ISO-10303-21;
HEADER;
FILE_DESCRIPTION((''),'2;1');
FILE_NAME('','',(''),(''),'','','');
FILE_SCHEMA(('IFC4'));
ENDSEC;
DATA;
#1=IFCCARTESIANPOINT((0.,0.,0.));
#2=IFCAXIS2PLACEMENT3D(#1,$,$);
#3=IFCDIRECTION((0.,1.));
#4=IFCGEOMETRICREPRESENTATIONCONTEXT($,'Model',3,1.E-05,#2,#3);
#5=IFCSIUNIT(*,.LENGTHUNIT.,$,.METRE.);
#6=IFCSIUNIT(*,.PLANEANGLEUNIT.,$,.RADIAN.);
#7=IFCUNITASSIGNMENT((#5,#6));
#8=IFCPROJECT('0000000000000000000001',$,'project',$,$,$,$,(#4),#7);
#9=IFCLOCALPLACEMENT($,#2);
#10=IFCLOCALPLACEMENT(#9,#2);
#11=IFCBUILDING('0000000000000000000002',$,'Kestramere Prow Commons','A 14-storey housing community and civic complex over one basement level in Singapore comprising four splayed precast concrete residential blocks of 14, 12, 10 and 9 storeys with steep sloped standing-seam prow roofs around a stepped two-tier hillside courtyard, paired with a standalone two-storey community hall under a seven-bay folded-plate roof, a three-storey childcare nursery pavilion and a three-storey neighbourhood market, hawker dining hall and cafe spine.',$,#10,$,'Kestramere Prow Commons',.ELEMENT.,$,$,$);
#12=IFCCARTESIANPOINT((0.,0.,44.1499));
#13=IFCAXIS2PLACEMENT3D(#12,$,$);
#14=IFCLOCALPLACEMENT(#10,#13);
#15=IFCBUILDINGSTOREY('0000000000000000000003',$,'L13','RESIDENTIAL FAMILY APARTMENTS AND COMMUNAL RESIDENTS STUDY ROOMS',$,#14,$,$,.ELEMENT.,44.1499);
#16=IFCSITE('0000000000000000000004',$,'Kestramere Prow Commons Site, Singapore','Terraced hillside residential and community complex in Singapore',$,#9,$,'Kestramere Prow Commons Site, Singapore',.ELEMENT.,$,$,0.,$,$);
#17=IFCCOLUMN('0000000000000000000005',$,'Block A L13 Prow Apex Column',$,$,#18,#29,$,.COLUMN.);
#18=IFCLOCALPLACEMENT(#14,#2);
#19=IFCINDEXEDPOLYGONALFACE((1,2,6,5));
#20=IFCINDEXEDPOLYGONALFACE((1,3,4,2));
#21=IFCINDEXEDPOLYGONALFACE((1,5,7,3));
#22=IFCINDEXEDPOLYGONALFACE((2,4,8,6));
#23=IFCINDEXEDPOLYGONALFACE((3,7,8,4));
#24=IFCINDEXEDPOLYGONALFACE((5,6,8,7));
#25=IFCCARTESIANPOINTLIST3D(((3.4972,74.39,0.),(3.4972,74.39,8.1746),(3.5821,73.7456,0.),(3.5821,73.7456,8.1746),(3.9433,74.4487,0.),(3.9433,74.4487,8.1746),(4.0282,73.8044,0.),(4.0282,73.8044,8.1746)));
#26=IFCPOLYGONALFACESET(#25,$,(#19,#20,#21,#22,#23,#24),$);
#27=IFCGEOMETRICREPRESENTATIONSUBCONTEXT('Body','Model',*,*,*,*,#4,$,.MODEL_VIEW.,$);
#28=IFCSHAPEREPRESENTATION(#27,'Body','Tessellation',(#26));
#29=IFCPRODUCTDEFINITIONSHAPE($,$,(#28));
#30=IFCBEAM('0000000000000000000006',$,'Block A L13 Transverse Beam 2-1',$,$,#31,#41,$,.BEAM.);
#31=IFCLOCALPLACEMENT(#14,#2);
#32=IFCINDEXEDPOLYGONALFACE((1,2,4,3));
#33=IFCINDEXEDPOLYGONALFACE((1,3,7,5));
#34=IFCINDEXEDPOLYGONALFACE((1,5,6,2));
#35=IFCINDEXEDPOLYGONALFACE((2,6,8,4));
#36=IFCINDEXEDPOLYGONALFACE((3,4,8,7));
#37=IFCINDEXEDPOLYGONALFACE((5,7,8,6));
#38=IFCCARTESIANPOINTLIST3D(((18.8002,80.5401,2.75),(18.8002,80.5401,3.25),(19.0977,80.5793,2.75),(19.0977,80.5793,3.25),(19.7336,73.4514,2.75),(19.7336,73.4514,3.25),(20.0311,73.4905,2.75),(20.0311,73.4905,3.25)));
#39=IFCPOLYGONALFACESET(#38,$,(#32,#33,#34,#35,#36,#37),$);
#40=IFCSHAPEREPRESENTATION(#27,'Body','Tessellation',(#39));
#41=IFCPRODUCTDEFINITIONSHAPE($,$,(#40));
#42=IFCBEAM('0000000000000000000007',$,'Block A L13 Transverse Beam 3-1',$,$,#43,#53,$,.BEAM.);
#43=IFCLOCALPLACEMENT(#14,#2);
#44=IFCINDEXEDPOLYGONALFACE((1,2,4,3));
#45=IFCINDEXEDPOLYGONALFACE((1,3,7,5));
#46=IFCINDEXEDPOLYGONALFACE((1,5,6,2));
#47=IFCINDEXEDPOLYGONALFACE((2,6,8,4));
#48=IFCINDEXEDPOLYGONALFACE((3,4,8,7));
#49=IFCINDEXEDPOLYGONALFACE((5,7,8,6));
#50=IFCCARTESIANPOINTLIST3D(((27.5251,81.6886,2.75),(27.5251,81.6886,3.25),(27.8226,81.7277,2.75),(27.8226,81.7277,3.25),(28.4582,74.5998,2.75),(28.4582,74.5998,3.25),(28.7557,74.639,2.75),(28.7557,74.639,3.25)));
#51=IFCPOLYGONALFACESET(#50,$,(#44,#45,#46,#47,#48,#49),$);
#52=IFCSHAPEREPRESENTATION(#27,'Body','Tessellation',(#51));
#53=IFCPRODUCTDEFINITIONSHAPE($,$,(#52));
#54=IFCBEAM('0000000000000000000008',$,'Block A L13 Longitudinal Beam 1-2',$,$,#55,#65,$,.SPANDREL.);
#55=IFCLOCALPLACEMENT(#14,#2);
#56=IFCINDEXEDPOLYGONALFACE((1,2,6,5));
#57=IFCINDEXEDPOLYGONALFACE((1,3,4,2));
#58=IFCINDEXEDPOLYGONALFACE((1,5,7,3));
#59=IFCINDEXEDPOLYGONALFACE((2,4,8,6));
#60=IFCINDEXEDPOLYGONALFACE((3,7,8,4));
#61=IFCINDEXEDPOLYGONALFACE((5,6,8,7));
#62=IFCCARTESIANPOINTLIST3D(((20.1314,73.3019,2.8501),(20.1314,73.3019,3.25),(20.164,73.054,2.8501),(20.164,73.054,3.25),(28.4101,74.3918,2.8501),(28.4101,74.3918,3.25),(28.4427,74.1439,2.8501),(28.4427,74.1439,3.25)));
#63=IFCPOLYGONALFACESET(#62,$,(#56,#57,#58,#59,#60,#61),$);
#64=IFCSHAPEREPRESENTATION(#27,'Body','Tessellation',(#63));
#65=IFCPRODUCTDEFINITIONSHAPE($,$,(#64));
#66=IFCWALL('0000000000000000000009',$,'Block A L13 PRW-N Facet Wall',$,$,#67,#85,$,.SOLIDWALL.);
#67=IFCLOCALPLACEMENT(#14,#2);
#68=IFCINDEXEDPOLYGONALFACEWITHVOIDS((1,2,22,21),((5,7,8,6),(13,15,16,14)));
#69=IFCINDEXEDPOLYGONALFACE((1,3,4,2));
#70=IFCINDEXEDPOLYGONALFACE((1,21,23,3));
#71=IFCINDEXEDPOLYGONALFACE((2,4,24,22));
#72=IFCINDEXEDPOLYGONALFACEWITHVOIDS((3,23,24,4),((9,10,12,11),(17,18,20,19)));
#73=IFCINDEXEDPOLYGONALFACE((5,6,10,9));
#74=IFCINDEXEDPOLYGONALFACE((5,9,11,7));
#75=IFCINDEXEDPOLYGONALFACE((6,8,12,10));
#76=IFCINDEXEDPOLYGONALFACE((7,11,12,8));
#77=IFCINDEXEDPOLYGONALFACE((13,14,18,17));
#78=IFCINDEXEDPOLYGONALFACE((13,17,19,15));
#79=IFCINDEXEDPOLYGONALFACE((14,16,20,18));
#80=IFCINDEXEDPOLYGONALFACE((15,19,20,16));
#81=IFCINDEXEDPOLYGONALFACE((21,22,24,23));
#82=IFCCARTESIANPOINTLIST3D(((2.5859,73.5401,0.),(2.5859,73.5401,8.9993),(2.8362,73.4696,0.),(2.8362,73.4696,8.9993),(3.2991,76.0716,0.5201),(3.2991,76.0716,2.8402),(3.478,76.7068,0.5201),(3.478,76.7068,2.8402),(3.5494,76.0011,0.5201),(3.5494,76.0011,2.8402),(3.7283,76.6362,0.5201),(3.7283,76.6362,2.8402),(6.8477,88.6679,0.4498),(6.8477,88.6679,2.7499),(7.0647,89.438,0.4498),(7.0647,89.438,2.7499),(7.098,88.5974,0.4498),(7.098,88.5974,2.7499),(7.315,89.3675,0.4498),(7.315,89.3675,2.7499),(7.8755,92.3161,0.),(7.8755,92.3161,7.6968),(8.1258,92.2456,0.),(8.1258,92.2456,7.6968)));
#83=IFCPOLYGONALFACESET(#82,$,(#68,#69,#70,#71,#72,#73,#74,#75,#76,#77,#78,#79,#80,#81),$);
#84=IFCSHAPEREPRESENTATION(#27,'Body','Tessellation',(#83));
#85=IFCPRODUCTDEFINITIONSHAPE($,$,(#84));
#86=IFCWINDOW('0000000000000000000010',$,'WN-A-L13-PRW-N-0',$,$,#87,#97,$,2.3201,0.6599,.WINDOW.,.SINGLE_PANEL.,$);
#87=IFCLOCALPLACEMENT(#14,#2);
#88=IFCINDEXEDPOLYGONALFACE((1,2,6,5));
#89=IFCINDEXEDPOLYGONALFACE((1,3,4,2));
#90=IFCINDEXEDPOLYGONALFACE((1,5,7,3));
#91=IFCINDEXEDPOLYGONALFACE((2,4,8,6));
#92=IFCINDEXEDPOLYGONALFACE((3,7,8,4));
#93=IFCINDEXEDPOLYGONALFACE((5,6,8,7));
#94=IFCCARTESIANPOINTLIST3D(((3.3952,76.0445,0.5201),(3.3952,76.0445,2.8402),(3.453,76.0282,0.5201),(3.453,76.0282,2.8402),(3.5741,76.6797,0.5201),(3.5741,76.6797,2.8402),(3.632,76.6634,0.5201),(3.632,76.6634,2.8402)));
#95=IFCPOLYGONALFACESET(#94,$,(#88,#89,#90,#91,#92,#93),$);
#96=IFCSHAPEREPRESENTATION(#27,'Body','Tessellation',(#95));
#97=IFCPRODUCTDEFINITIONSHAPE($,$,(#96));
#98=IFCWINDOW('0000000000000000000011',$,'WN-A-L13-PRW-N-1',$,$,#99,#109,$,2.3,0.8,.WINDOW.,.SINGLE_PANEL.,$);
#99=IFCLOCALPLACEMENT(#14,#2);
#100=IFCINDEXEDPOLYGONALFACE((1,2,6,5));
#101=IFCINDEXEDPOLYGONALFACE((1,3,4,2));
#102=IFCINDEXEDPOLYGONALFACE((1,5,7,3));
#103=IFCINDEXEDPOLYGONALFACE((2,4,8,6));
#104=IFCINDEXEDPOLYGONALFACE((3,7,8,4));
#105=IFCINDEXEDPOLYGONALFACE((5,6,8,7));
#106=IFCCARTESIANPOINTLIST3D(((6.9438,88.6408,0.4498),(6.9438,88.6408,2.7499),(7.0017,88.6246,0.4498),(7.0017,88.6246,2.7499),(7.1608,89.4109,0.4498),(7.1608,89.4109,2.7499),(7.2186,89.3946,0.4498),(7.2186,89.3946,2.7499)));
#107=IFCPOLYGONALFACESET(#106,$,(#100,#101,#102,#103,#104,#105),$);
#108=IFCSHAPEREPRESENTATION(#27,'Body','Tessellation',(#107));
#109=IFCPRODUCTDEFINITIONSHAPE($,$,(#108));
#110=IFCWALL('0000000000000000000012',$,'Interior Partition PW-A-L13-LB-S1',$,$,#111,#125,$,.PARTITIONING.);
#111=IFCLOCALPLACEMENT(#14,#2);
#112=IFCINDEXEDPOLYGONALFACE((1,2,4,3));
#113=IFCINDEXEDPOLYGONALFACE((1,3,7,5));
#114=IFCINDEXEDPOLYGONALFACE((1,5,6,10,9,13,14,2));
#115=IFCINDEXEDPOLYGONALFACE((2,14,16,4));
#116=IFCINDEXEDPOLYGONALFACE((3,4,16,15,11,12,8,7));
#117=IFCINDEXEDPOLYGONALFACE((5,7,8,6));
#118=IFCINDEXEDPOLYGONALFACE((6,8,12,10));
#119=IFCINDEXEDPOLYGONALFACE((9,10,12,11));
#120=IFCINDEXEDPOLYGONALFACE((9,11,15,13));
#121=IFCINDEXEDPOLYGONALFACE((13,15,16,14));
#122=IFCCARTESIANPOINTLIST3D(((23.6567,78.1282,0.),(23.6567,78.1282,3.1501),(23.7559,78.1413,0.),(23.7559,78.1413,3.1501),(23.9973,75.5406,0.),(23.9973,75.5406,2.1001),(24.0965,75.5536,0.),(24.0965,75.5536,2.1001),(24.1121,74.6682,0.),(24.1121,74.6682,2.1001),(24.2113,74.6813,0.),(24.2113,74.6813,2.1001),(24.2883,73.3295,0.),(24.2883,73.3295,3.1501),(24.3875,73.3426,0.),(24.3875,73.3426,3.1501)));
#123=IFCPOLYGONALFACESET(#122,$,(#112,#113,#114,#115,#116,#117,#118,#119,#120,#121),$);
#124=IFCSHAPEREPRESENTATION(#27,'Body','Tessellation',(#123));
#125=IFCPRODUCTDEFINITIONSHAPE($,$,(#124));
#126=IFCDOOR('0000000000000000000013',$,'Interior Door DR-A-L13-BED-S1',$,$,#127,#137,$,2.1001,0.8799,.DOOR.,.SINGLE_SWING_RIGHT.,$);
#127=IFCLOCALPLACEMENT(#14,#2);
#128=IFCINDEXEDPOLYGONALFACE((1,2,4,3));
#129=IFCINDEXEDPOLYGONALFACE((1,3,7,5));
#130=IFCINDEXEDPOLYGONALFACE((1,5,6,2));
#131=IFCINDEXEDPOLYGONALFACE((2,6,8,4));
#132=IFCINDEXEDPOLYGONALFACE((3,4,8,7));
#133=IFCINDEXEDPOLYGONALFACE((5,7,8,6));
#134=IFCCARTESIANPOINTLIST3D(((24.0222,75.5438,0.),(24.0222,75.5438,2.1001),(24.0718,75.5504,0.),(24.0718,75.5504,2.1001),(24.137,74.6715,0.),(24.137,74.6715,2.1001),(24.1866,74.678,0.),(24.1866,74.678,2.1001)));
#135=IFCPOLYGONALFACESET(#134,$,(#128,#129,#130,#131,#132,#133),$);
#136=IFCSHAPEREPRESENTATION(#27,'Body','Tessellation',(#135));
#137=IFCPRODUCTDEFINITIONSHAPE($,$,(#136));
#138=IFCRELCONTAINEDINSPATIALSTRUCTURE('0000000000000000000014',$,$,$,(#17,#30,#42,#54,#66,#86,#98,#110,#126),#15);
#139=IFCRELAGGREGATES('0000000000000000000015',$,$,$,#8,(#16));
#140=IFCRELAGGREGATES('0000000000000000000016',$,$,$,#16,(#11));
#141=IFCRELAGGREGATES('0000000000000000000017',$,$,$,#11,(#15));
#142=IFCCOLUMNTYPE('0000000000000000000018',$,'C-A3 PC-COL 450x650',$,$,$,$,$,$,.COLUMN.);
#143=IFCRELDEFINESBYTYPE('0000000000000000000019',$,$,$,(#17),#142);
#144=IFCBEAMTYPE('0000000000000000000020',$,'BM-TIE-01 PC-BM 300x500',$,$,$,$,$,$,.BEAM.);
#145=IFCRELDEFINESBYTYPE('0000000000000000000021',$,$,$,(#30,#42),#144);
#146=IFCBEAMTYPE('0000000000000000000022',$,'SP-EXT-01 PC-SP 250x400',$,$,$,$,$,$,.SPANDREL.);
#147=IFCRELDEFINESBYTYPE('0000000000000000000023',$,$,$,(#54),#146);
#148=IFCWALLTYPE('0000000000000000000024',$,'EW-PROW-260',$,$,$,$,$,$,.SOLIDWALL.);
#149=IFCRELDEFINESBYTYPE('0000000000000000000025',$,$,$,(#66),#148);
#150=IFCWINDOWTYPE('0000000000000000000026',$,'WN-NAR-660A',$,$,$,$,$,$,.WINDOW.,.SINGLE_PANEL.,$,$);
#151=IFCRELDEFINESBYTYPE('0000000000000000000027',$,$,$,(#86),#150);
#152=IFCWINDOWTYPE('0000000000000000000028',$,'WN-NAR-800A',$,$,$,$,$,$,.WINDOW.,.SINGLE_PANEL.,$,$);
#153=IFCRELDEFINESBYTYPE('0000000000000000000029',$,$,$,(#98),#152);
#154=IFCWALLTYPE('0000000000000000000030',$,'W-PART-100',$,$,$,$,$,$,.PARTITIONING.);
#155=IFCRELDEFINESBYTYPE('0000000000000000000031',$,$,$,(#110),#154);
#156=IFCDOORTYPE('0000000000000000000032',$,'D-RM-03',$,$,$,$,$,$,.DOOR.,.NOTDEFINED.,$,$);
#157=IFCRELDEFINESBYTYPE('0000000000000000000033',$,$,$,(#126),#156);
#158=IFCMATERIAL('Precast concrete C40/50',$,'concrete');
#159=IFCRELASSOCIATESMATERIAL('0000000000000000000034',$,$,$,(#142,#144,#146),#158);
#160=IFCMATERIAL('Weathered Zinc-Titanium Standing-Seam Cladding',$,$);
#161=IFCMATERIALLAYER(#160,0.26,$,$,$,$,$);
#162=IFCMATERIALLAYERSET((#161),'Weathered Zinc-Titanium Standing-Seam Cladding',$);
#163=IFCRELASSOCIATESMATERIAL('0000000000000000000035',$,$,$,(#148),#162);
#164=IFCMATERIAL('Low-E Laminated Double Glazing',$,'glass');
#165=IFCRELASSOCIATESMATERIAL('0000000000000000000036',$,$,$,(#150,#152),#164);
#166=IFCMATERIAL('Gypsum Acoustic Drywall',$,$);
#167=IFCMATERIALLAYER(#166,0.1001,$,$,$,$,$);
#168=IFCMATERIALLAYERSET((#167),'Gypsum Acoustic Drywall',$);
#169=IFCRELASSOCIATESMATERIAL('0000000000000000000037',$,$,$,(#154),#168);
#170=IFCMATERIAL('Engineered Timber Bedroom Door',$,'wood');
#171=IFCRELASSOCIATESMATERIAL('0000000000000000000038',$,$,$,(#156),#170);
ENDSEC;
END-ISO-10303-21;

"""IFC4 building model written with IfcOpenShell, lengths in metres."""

from ifc_helpers import new_model, si_unit, direction, frame, frame_2d, origin, origin_2d, place, context, subcontext, project, spatial, polyline, rectangle, outline, extrude, material, layer, layer_set, material_profile, profile_set, type_object, element, fill, save


model = new_model("IFC4")

# Units and contexts
model_context = context("Model", 3, precision=1e-05, world=origin(), true_north=direction((0.0, 1.0)))
body_context = subcontext(model_context, "Body", "Model", "MODEL_VIEW")
ifc_project = project(units=[si_unit("LENGTHUNIT", "METRE"), si_unit("PLANEANGLEUNIT", "RADIAN")], contexts=[model_context])

# Site, building, storey
site_placement = place(None, origin())
site = spatial("IfcSite", under=ifc_project, at=site_placement, Name="Kestramere Prow Commons Site, Singapore", Description="Terraced hillside residential and community complex in Singapore", LongName="Kestramere Prow Commons Site, Singapore", CompositionType="ELEMENT", RefElevation=0.0)
building_placement = place(site_placement, origin())
building = spatial("IfcBuilding", under=site, at=building_placement, Name="Kestramere Prow Commons", Description="A 14-storey housing community and civic complex over one basement level in Singapore comprising four splayed precast concrete residential blocks of 14, 12, 10 and 9 storeys with steep sloped standing-seam prow roofs around a stepped two-tier hillside courtyard, paired with a standalone two-storey community hall under a seven-bay folded-plate roof, a three-storey childcare nursery pavilion and a three-storey neighbourhood market, hawker dining hall and cafe spine.", LongName="Kestramere Prow Commons", CompositionType="ELEMENT")
storey_placement = place(building_placement, frame((0.0, 0.0, 44.1499)))
storey = spatial("IfcBuildingStorey", under=building, at=storey_placement, Name="L13", Description="RESIDENTIAL FAMILY APARTMENTS AND COMMUNAL RESIDENTS STUDY ROOMS", CompositionType="ELEMENT", Elevation=44.1499)

# Column
ifc_material_1 = material(Name="Precast concrete C40/50", Category="concrete")
ifc_material_profile_1 = material_profile(ifc_material_1, rectangle(XDim=0.45, YDim=0.6499, at=origin_2d()), Name="PC-COL 450x650")
ifc_profile_set_1 = profile_set([ifc_material_profile_1], Name="Precast concrete C40/50")
column_type = type_object("IfcColumnType", Name="C-A3 PC-COL 450x650", PredefinedType="COLUMN", material=ifc_profile_set_1)
column_placement = place(storey_placement, frame((3.7627, 74.0972, 0.0), z_axis=(0.0, 0.0, 1.0), x_axis=(0.991445, 0.130526, 0.0)))
element("IfcColumn", 1, at=column_placement, inside=storey, type_object=column_type, Name="Block A L13 Prow Apex Column", PredefinedType="COLUMN", context=body_context, shape_type="SweptSolid", body=[
    extrude(rectangle(XDim=0.45, YDim=0.6499, at=origin_2d()), origin(), (0.0, 0.0, 1.0), 8.1746),
])

# Beams
ifc_material_profile_2 = material_profile(ifc_material_1, rectangle(XDim=0.3, YDim=0.5, at=origin_2d()), Name="PC-BM 300x500")
ifc_profile_set_2 = profile_set([ifc_material_profile_2], Name="Precast concrete C40/50")
beam_type_1 = type_object("IfcBeamType", Name="BM-TIE-01 PC-BM 300x500", PredefinedType="BEAM", material=ifc_profile_set_2)
for number, where, z_axis, x_axis, name in (
    (2, (19.8823, 73.4709, 3.0), (-0.130542, 0.991443, 0.0), (-0.991443, -0.130542, 0.0), "Block A L13 Transverse Beam 2-1"),
    (3, (28.6069, 74.6194, 3.0), (-0.130504, 0.991448, 0.0), (-0.991448, -0.130504, 0.0), "Block A L13 Transverse Beam 3-1"),
):
    element("IfcBeam", number, at=place(storey_placement, frame(where, z_axis=z_axis, x_axis=x_axis)), inside=storey, type_object=beam_type_1, Name=name, PredefinedType="BEAM", context=body_context, shape_type="SweptSolid", body=[
        extrude(rectangle(XDim=0.3, YDim=0.5, at=origin_2d()), origin(), (0.0, 0.0, 1.0), 7.1499),
    ])
ifc_material_profile_3 = material_profile(ifc_material_1, rectangle(XDim=0.25, YDim=0.3999, at=origin_2d()), Name="PC-SP 250x400")
ifc_profile_set_3 = profile_set([ifc_material_profile_3], Name="Precast concrete C40/50")
beam_type_2 = type_object("IfcBeamType", Name="SP-EXT-01 PC-SP 250x400", PredefinedType="SPANDREL", material=ifc_profile_set_3)
beam_placement = place(storey_placement, frame((20.1477, 73.178, 3.05), z_axis=(0.991446, 0.13052, 0.0), x_axis=(-0.13052, 0.991446, 0.0)))
element("IfcBeam", 4, at=beam_placement, inside=storey, type_object=beam_type_2, Name="Block A L13 Longitudinal Beam 1-2", PredefinedType="SPANDREL", context=body_context, shape_type="SweptSolid", body=[
    extrude(rectangle(XDim=0.25, YDim=0.3999, at=origin_2d()), origin(), (0.0, 0.0, 1.0), 8.3501),
])

# Wall, openings, windows
ifc_material_2 = material(Name="Weathered Zinc-Titanium Standing-Seam Cladding")
ifc_layer_1 = layer(ifc_material_2, 0.26)
ifc_layer_set_1 = layer_set([ifc_layer_1], Name="Weathered Zinc-Titanium Standing-Seam Cladding")
wall_type_1 = type_object("IfcWallType", Name="EW-PROW-260", PredefinedType="SOLIDWALL", material=ifc_layer_set_1)
wall_1_placement = place(storey_placement, frame((2.7109, 73.5049, 0.0), z_axis=(0.0, 0.0, 1.0), x_axis=(0.271165, 0.962533, 0.0)))
wall_1 = element("IfcWall", 5, at=wall_1_placement, inside=storey, type_object=wall_type_1, Name="Block A L13 PRW-N Facet Wall", PredefinedType="SOLIDWALL", context=body_context, shape_type="SweptSolid", body=[
    extrude(outline(polyline([(0.0, 0.0), (19.5068, 0.0), (19.5068, 7.6968), (0.0, 8.9993), (0.0, 0.0)])), frame((0.0, 0.1299, 0.0), z_axis=(0.0, -1.0, 0.0), x_axis=(1.0, 0.0, 0.0)), (0.0, 0.0, 1.0), 0.26),
])
opening_1_placement = place(wall_1_placement, frame((2.6299, 0.0, 0.52)))
opening_1 = element("IfcOpeningElement", 6, at=opening_1_placement, cuts=wall_1, PredefinedType="OPENING", context=body_context, shape_type="SweptSolid", body=[
    extrude(rectangle(XDim=0.6599, YDim=2.3201, at=frame_2d((0.3301, 1.1602))), frame((0.0, 0.145, 0.0), z_axis=(0.0, -1.0, 0.0), x_axis=(1.0, 0.0, 0.0)), (0.0, 0.0, 1.0), 0.29),
])
opening_2_placement = place(wall_1_placement, frame((15.7168, 0.0, 0.45)))
opening_2 = element("IfcOpeningElement", 7, at=opening_2_placement, cuts=wall_1, PredefinedType="OPENING", context=body_context, shape_type="SweptSolid", body=[
    extrude(rectangle(XDim=0.8, YDim=2.3, at=frame_2d((0.3999, 1.1499))), frame((0.0, 0.145, 0.0), z_axis=(0.0, -1.0, 0.0), x_axis=(1.0, 0.0, 0.0)), (0.0, 0.0, 1.0), 0.29),
])
ifc_material_3 = material(Name="Low-E Laminated Double Glazing", Category="glass")
window_type_1 = type_object("IfcWindowType", Name="WN-NAR-660A", PartitioningType="SINGLE_PANEL", PredefinedType="WINDOW", material=ifc_material_3)
window_1_placement = place(opening_1_placement, origin())
window_1 = element("IfcWindow", 8, at=window_1_placement, inside=storey, type_object=window_type_1, Name="WN-A-L13-PRW-N-0", OverallHeight=2.3201, OverallWidth=0.6599, PartitioningType="SINGLE_PANEL", PredefinedType="WINDOW", context=body_context, shape_type="SweptSolid", body=[
    extrude(rectangle(XDim=0.6599, YDim=2.3201, at=frame_2d((0.3301, 1.1602))), frame((0.0, 0.03, 0.0), z_axis=(0.0, -1.0, 0.0), x_axis=(1.0, 0.0, 0.0)), (0.0, 0.0, 1.0), 0.0601),
])
fill(opening_1, window_1)
window_type_2 = type_object("IfcWindowType", Name="WN-NAR-800A", PartitioningType="SINGLE_PANEL", PredefinedType="WINDOW", material=ifc_material_3)
window_2_placement = place(opening_2_placement, origin())
window_2 = element("IfcWindow", 9, at=window_2_placement, inside=storey, type_object=window_type_2, Name="WN-A-L13-PRW-N-1", OverallHeight=2.3, OverallWidth=0.8, PartitioningType="SINGLE_PANEL", PredefinedType="WINDOW", context=body_context, shape_type="SweptSolid", body=[
    extrude(rectangle(XDim=0.8, YDim=2.3, at=frame_2d((0.3999, 1.1499))), frame((0.0, 0.03, 0.0), z_axis=(0.0, -1.0, 0.0), x_axis=(1.0, 0.0, 0.0)), (0.0, 0.0, 1.0), 0.0601),
])
fill(opening_2, window_2)

# Wall, opening, door
ifc_material_4 = material(Name="Gypsum Acoustic Drywall")
ifc_layer_2 = layer(ifc_material_4, 0.1001)
ifc_layer_set_2 = layer_set([ifc_layer_2], Name="Gypsum Acoustic Drywall")
wall_type_2 = type_object("IfcWallType", Name="W-PART-100", PredefinedType="PARTITIONING", material=ifc_layer_set_2)
wall_2_placement = place(storey_placement, frame((24.3379, 73.3362, 0.0), z_axis=(0.0, 0.0, 1.0), x_axis=(-0.130495, 0.991449, 0.0)))
wall_2 = element("IfcWall", 10, at=wall_2_placement, inside=storey, type_object=wall_type_2, Name="Interior Partition PW-A-L13-LB-S1", PredefinedType="PARTITIONING", context=body_context, shape_type="SweptSolid", body=[
    extrude(rectangle(XDim=4.8401, YDim=0.1001, at=frame_2d((2.4199, 0.0))), origin(), (0.0, 0.0, 1.0), 3.1501),
])
opening_3_placement = place(wall_2_placement, frame((1.3501, 0.0, 0.0)))
opening_3 = element("IfcOpeningElement", 11, at=opening_3_placement, cuts=wall_2, PredefinedType="OPENING", context=body_context, shape_type="SweptSolid", body=[
    extrude(rectangle(XDim=0.8799, YDim=2.1001, at=frame_2d((0.4399, 1.05))), frame((0.0, 0.0649, 0.0), z_axis=(0.0, -1.0, 0.0), x_axis=(1.0, 0.0, 0.0)), (0.0, 0.0, 1.0), 0.1301),
])
ifc_material_5 = material(Name="Engineered Timber Bedroom Door", Category="wood")
door_type_1 = type_object("IfcDoorType", Name="D-RM-03", OperationType="NOTDEFINED", PredefinedType="DOOR", material=ifc_material_5)
door_1_placement = place(opening_3_placement, origin())
door_1 = element("IfcDoor", 12, at=door_1_placement, inside=storey, type_object=door_type_1, Name="Interior Door DR-A-L13-BED-S1", OperationType="SINGLE_SWING_RIGHT", OverallHeight=2.1001, OverallWidth=0.8799, PredefinedType="DOOR", context=body_context, shape_type="SweptSolid", body=[
    extrude(rectangle(XDim=0.8799, YDim=2.1001, at=frame_2d((0.4399, 1.05))), frame((0.0, 0.0249, 0.0), z_axis=(0.0, -1.0, 0.0), x_axis=(1.0, 0.0, 0.0)), (0.0, 0.0, 1.0), 0.05),
])
fill(opening_3, door_1)

save(model, "model.ifc")
